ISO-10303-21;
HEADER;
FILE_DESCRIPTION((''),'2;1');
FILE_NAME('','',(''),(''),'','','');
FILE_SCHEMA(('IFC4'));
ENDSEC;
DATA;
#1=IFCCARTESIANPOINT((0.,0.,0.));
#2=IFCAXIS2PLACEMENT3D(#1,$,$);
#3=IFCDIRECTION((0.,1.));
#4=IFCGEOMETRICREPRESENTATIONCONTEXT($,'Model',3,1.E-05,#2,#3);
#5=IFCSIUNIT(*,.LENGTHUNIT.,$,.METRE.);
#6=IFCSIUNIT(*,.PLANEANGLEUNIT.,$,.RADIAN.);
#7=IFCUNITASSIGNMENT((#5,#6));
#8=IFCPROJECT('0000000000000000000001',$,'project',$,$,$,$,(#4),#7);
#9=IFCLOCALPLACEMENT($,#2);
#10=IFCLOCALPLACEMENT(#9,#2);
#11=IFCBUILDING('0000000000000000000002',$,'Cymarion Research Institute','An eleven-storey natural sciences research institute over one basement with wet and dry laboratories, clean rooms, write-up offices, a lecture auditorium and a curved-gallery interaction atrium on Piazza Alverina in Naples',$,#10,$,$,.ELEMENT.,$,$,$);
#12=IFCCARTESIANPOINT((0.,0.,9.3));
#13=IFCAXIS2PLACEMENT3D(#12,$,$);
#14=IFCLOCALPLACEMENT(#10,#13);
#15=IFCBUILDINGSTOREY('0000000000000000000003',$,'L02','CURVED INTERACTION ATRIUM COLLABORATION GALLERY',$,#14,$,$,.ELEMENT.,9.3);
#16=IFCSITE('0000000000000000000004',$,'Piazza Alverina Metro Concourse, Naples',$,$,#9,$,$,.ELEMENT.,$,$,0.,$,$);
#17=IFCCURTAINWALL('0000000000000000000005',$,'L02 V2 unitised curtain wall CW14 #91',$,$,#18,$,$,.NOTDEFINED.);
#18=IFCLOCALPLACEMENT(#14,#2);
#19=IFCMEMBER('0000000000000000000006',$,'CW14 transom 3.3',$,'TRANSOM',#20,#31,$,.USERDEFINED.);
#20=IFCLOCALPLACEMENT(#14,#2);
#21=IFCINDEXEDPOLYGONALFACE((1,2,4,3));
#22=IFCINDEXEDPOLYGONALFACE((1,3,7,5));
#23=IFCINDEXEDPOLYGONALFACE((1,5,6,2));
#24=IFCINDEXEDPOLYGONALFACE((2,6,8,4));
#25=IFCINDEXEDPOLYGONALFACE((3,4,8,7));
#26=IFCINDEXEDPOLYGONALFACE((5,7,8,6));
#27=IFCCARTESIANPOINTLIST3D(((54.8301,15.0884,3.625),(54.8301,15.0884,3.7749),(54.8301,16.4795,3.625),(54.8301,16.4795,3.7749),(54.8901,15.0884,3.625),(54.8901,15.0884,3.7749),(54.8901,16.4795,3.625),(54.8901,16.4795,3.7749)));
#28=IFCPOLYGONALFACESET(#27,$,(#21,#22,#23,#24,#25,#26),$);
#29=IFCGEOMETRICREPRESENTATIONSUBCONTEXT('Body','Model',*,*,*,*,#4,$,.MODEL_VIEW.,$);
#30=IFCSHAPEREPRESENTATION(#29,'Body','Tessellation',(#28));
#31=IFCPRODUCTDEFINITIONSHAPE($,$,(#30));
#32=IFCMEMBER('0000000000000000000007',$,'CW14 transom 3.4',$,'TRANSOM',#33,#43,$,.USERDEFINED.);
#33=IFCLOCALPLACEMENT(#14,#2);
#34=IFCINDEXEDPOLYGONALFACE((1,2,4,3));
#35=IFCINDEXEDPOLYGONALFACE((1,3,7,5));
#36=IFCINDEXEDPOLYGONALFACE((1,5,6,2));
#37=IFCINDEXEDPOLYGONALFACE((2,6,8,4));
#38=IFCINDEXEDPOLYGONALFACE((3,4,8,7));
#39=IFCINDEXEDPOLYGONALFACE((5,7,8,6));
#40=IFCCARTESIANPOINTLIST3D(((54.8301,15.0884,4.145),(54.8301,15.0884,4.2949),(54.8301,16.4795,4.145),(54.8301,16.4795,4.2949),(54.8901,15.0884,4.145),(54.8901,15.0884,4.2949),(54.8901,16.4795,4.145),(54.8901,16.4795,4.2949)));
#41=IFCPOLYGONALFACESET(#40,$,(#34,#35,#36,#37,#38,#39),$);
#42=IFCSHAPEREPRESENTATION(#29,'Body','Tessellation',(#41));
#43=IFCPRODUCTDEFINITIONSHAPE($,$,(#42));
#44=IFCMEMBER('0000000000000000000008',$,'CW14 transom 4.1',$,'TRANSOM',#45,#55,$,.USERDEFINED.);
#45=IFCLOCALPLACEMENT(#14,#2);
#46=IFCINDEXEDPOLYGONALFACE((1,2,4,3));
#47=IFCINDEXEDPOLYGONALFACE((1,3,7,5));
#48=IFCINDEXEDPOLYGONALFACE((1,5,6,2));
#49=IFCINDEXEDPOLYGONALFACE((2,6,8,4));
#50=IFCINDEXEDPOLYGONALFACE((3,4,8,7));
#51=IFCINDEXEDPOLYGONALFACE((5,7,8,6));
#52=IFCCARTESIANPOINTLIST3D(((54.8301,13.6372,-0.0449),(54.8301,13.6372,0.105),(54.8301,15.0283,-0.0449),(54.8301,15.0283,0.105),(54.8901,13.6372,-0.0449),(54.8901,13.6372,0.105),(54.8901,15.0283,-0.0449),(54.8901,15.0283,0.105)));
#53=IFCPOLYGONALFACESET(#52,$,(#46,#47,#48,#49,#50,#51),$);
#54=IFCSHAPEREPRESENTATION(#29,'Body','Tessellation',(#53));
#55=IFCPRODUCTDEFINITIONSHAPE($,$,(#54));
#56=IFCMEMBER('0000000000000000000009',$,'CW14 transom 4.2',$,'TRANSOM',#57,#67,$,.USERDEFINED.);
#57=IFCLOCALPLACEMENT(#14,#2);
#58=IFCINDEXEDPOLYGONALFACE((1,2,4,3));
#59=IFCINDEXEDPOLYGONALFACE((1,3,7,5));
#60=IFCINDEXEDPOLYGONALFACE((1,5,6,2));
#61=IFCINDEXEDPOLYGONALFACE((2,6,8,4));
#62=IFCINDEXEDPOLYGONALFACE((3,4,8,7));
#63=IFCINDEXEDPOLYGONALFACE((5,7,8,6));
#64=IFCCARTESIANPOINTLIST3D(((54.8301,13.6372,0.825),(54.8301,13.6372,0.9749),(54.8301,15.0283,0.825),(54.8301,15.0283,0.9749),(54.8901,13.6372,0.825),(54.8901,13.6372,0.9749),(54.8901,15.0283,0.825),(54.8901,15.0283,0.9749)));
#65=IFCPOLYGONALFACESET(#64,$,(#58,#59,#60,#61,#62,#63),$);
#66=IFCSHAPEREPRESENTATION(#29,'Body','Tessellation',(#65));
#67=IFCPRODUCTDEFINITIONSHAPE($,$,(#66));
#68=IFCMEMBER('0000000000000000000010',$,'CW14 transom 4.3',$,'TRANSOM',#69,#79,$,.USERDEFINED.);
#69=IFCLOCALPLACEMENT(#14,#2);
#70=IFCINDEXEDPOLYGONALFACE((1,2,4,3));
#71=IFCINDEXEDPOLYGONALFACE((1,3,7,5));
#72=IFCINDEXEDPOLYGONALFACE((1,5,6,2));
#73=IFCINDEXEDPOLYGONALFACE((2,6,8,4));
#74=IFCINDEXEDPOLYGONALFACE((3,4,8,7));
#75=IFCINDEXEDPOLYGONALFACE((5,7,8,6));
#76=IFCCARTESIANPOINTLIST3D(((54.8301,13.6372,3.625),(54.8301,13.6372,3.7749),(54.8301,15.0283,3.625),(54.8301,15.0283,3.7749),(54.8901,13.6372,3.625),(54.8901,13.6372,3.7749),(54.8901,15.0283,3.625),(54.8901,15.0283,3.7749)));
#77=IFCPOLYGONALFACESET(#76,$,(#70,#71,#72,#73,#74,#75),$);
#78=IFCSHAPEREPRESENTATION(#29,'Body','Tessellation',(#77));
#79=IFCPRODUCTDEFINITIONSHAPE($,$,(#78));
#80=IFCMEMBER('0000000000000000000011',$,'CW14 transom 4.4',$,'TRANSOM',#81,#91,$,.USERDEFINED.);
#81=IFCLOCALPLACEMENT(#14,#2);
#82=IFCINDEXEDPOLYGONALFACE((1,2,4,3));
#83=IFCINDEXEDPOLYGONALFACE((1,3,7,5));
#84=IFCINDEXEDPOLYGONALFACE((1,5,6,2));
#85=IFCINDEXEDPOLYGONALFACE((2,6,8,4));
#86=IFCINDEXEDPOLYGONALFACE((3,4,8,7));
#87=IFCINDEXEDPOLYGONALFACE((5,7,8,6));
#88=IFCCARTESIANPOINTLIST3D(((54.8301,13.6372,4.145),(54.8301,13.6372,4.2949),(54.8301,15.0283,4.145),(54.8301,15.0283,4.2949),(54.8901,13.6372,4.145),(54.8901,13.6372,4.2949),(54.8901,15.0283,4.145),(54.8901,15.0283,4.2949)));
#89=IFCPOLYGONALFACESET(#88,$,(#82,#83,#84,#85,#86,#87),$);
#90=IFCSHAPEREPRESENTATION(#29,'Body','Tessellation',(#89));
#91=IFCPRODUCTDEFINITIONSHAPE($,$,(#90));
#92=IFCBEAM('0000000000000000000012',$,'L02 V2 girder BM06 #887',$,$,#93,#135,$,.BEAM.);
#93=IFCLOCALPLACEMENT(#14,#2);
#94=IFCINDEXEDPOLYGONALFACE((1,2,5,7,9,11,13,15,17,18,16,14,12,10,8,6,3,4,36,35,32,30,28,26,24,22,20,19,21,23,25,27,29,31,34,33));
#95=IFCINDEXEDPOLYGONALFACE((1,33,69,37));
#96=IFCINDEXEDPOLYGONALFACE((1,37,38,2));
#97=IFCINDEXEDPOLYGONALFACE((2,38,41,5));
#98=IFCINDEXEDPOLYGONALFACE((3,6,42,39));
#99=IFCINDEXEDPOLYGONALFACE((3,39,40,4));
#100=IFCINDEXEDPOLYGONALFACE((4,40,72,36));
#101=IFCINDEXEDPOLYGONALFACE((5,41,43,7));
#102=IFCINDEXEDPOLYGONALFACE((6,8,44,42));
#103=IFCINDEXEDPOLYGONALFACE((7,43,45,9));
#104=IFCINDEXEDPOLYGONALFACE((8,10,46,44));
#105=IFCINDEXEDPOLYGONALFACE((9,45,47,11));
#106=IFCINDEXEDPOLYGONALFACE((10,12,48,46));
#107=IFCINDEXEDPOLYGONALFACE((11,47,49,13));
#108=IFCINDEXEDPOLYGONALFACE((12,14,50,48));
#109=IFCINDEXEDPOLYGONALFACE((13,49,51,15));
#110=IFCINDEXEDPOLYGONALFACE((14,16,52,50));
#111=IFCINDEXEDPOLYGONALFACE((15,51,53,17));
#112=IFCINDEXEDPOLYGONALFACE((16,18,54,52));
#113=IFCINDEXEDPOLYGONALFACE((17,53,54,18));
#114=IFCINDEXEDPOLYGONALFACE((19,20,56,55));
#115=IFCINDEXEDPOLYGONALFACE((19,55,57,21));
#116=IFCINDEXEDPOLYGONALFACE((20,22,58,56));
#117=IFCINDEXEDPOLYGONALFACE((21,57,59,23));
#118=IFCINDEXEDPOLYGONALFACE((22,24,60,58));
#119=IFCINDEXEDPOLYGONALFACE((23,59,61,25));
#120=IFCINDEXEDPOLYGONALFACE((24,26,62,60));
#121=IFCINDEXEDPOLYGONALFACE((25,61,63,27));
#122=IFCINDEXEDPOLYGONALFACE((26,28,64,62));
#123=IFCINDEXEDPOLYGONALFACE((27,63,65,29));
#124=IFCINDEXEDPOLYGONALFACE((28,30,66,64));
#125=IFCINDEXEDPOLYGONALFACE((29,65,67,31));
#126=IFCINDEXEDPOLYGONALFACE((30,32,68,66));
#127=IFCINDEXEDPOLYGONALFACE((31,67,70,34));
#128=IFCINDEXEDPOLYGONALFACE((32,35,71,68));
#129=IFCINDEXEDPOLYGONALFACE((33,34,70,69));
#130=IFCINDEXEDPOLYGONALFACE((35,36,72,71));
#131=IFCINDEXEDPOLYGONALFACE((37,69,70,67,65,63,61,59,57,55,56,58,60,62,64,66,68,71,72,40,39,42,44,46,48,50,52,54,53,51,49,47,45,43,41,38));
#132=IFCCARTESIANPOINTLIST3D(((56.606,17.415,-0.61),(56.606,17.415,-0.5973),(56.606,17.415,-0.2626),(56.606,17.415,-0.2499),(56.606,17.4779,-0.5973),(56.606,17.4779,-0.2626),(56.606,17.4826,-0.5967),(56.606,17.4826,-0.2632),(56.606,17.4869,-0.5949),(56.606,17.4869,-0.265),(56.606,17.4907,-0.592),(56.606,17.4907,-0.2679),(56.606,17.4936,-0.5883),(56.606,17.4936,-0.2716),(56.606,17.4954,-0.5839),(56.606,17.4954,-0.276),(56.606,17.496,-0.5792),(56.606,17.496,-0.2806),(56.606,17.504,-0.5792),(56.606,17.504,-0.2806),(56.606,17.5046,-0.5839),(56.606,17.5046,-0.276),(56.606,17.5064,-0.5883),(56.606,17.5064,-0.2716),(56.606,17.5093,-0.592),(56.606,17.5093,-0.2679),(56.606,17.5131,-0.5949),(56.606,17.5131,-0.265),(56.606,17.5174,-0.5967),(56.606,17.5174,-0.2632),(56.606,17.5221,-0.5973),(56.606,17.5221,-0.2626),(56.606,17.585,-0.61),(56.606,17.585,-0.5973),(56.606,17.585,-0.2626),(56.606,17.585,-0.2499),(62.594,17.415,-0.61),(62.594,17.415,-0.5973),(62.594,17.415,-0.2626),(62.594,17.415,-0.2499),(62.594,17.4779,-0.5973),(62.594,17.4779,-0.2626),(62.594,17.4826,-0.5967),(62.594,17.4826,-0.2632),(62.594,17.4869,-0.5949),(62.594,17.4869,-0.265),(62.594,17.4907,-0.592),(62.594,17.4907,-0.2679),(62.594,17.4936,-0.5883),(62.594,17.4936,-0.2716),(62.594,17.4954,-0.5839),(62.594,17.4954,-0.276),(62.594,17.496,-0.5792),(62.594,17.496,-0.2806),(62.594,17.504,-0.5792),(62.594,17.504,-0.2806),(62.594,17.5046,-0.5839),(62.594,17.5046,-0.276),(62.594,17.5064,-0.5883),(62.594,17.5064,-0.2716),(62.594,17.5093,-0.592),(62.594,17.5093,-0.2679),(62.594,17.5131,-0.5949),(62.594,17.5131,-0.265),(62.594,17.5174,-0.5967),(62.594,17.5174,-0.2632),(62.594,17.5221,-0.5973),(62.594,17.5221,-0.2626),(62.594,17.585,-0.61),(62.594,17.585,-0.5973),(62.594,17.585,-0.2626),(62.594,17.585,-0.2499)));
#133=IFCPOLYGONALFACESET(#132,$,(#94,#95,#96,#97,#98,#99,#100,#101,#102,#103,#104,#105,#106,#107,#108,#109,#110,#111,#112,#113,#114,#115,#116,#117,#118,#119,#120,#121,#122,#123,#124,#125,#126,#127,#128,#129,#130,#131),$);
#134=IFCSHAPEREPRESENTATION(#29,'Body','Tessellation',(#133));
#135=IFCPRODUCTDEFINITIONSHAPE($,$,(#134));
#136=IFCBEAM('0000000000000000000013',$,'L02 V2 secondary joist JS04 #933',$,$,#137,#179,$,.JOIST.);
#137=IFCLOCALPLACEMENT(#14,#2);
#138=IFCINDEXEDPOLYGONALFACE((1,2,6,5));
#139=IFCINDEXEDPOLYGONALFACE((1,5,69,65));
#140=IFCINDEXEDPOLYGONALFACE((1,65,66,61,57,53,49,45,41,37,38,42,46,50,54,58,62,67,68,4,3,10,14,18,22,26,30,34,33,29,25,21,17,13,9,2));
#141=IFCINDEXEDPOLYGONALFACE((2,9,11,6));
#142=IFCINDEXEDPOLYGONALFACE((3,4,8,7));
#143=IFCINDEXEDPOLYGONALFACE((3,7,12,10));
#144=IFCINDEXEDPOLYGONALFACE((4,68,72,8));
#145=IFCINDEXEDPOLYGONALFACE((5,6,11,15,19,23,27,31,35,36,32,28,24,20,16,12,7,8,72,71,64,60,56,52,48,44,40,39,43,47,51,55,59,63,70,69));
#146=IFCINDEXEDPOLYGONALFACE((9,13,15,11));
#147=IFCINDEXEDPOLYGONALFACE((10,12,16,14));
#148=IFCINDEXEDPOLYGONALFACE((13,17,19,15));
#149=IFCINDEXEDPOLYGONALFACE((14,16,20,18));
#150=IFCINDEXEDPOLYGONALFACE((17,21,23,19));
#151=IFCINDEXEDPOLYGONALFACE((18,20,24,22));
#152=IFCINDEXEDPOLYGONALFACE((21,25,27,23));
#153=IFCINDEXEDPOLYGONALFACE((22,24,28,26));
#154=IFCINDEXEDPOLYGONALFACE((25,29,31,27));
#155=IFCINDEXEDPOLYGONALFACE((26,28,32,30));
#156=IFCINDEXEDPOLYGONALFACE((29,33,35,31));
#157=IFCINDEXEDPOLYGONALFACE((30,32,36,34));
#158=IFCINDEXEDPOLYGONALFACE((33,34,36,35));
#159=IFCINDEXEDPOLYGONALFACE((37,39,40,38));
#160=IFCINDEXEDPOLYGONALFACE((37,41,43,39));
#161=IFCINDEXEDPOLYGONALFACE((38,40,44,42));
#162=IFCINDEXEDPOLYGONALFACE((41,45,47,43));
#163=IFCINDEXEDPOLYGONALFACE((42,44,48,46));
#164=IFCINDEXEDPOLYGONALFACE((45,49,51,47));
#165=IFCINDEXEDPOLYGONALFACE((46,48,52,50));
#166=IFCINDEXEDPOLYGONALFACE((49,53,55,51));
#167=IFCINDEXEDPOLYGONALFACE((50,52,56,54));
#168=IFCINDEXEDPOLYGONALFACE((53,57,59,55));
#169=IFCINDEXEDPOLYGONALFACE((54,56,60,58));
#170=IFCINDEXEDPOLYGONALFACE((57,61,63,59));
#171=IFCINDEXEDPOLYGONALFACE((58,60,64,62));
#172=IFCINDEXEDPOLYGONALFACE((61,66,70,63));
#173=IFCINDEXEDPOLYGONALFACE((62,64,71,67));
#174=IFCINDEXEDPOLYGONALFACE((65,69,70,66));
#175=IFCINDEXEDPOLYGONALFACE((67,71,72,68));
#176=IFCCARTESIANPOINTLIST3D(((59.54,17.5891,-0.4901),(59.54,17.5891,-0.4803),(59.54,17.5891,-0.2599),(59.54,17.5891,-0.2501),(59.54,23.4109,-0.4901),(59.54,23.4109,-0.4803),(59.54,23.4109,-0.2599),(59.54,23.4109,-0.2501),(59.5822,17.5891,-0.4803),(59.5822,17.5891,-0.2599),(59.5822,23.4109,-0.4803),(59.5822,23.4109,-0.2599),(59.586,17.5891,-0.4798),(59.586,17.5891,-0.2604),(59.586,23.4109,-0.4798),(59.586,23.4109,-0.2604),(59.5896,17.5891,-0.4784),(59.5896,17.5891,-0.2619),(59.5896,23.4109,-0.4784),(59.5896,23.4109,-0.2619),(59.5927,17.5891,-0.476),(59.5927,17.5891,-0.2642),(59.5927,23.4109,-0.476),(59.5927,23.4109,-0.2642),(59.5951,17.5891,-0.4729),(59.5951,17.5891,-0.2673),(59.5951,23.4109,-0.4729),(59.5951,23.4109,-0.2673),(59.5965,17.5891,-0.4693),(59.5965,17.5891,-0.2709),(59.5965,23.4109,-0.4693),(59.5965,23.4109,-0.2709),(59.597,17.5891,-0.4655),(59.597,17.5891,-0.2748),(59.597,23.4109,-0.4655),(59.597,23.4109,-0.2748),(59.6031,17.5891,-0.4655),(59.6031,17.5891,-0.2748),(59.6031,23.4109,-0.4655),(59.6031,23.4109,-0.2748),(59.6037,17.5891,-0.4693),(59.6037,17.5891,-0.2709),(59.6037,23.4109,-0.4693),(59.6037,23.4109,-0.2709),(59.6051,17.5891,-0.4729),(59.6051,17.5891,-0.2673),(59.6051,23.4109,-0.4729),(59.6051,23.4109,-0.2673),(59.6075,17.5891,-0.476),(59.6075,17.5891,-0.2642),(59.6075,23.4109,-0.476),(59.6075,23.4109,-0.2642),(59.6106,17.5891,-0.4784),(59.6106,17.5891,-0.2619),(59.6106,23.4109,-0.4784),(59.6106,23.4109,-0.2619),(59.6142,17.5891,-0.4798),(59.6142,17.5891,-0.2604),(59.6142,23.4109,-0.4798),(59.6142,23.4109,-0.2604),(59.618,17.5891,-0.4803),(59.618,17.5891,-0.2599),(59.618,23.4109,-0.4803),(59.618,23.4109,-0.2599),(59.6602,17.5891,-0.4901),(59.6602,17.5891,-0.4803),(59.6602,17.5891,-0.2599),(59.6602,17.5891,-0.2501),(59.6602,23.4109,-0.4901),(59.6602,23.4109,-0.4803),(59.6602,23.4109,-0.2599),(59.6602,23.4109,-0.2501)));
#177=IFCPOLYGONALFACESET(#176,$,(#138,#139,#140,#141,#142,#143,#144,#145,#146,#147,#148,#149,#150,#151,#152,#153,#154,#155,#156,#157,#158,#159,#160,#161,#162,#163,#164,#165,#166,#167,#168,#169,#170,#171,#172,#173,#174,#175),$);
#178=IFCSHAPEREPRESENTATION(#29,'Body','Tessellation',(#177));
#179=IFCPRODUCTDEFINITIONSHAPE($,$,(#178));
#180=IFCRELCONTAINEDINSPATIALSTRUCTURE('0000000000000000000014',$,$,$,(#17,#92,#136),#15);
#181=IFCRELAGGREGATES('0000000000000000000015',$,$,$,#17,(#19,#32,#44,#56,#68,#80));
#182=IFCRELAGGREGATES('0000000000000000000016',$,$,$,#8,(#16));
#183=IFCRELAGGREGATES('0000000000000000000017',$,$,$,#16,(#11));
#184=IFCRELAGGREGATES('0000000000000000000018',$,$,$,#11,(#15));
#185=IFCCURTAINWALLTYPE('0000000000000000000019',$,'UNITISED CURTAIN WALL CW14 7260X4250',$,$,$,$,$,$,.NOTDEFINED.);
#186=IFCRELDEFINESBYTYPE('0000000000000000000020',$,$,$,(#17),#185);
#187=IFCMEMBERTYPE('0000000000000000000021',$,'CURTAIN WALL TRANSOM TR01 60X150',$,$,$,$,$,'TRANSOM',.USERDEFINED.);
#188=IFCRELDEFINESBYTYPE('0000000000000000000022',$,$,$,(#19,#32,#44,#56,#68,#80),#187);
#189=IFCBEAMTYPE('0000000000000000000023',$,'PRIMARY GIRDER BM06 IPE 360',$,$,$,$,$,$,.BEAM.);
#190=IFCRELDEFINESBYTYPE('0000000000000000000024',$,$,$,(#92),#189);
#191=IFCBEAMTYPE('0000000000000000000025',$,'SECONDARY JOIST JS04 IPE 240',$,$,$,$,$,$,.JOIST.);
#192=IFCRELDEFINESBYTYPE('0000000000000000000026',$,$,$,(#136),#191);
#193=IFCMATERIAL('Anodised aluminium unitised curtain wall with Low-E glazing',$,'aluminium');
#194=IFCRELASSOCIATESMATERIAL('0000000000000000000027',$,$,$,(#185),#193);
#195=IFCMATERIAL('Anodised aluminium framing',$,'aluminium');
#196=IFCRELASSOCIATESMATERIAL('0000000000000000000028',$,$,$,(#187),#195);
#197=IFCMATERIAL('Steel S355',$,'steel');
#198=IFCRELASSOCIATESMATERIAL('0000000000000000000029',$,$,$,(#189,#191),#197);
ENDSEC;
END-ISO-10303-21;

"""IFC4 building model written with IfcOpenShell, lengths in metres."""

from ifc_helpers import new_model, si_unit, direction, frame, origin, origin_2d, place, context, subcontext, project, spatial, rectangle, i_section, extrude, material, material_profile, profile_set, type_object, element, aggregate, save


model = new_model("IFC4")

# Units and contexts
model_context = context("Model", 3, precision=1e-05, world=origin(), true_north=direction((0.0, 1.0)))
body_context = subcontext(model_context, "Body", "Model", "MODEL_VIEW")
ifc_project = project(units=[si_unit("LENGTHUNIT", "METRE"), si_unit("PLANEANGLEUNIT", "RADIAN")], contexts=[model_context])

# Site, building, storey
site_placement = place(None, origin())
site = spatial("IfcSite", under=ifc_project, at=site_placement, Name="Piazza Alverina Metro Concourse, Naples", CompositionType="ELEMENT", RefElevation=0.0)
building_placement = place(site_placement, origin())
building = spatial("IfcBuilding", under=site, at=building_placement, Name="Cymarion Research Institute", Description="An eleven-storey natural sciences research institute over one basement with wet and dry laboratories, clean rooms, write-up offices, a lecture auditorium and a curved-gallery interaction atrium on Piazza Alverina in Naples", CompositionType="ELEMENT")
storey_placement = place(building_placement, frame((0.0, 0.0, 9.3)))
storey = spatial("IfcBuildingStorey", under=building, at=storey_placement, Name="L02", Description="CURVED INTERACTION ATRIUM COLLABORATION GALLERY", CompositionType="ELEMENT", Elevation=9.3)

# Shared definitions
ifc_material_1 = material(Name="Steel S355", Category="steel")

# Curtain wall, members
ifc_material_2 = material(Name="Anodised aluminium unitised curtain wall with Low-E glazing", Category="aluminium")
curtain_wall_type = type_object("IfcCurtainWallType", Name="UNITISED CURTAIN WALL CW14 7260X4250", PredefinedType="NOTDEFINED", material=ifc_material_2)
curtain_wall_placement = place(storey_placement, origin())
curtain_wall = element("IfcCurtainWall", 1, at=curtain_wall_placement, inside=storey, type_object=curtain_wall_type, Name="L02 V2 unitised curtain wall CW14 #91", PredefinedType="NOTDEFINED")
ifc_material_3 = material(Name="Anodised aluminium framing", Category="aluminium")
ifc_material_profile_1 = material_profile(ifc_material_3, rectangle(XDim=0.0601, YDim=0.1499, at=origin_2d()), Name="ALU TRANSOM 60x150")
ifc_profile_set_1 = profile_set([ifc_material_profile_1], Name="Anodised aluminium framing")
member_type_1 = type_object("IfcMemberType", Name="CURTAIN WALL TRANSOM TR01 60X150", ElementType="TRANSOM", PredefinedType="USERDEFINED", material=ifc_profile_set_1)
member_1_placement = place(storey_placement, frame((54.8601, 16.4795, 3.7), z_axis=(0.0, -1.0, 0.0), x_axis=(1.0, 0.0, 0.0)))
member_1 = element("IfcMember", 2, at=member_1_placement, type_object=member_type_1, Name="CW14 transom 3.3", ObjectType="TRANSOM", PredefinedType="USERDEFINED", context=body_context, shape_type="SweptSolid", body=[
    extrude(rectangle(XDim=0.0601, YDim=0.1499, at=origin_2d()), origin(), (0.0, 0.0, 1.0), 1.3911),
])
member_2_placement = place(storey_placement, frame((54.8601, 16.4795, 4.22), z_axis=(0.0, -1.0, 0.0), x_axis=(1.0, 0.0, 0.0)))
member_2 = element("IfcMember", 3, at=member_2_placement, type_object=member_type_1, Name="CW14 transom 3.4", ObjectType="TRANSOM", PredefinedType="USERDEFINED", context=body_context, shape_type="SweptSolid", body=[
    extrude(rectangle(XDim=0.0601, YDim=0.1499, at=origin_2d()), origin(), (0.0, 0.0, 1.0), 1.3911),
])
member_3_placement = place(storey_placement, frame((54.8601, 15.0283, 0.03), z_axis=(0.0, -1.0, 0.0), x_axis=(1.0, 0.0, 0.0)))
member_3 = element("IfcMember", 4, at=member_3_placement, type_object=member_type_1, Name="CW14 transom 4.1", ObjectType="TRANSOM", PredefinedType="USERDEFINED", context=body_context, shape_type="SweptSolid", body=[
    extrude(rectangle(XDim=0.0601, YDim=0.1499, at=origin_2d()), origin(), (0.0, 0.0, 1.0), 1.3911),
])
member_4_placement = place(storey_placement, frame((54.8601, 15.0283, 0.8999), z_axis=(0.0, -1.0, 0.0), x_axis=(1.0, 0.0, 0.0)))
member_4 = element("IfcMember", 5, at=member_4_placement, type_object=member_type_1, Name="CW14 transom 4.2", ObjectType="TRANSOM", PredefinedType="USERDEFINED", context=body_context, shape_type="SweptSolid", body=[
    extrude(rectangle(XDim=0.0601, YDim=0.1499, at=origin_2d()), origin(), (0.0, 0.0, 1.0), 1.3911),
])
member_5_placement = place(storey_placement, frame((54.8601, 15.0283, 3.7), z_axis=(0.0, -1.0, 0.0), x_axis=(1.0, 0.0, 0.0)))
member_5 = element("IfcMember", 6, at=member_5_placement, type_object=member_type_1, Name="CW14 transom 4.3", ObjectType="TRANSOM", PredefinedType="USERDEFINED", context=body_context, shape_type="SweptSolid", body=[
    extrude(rectangle(XDim=0.0601, YDim=0.1499, at=origin_2d()), origin(), (0.0, 0.0, 1.0), 1.3911),
])
member_6_placement = place(storey_placement, frame((54.8601, 15.0283, 4.22), z_axis=(0.0, -1.0, 0.0), x_axis=(1.0, 0.0, 0.0)))
member_6 = element("IfcMember", 7, at=member_6_placement, type_object=member_type_1, Name="CW14 transom 4.4", ObjectType="TRANSOM", PredefinedType="USERDEFINED", context=body_context, shape_type="SweptSolid", body=[
    extrude(rectangle(XDim=0.0601, YDim=0.1499, at=origin_2d()), origin(), (0.0, 0.0, 1.0), 1.3911),
])

# Beams
ifc_material_profile_2 = material_profile(ifc_material_1, i_section(OverallWidth=0.1699, OverallDepth=0.3601, WebThickness=0.0081, FlangeThickness=0.0127, FilletRadius=0.0181, at=origin_2d()), Name="IPE 360")
ifc_profile_set_2 = profile_set([ifc_material_profile_2], Name="Steel S355")
beam_type_1 = type_object("IfcBeamType", Name="PRIMARY GIRDER BM06 IPE 360", PredefinedType="BEAM", material=ifc_profile_set_2)
beam_1_placement = place(storey_placement, frame((56.606, 17.5, -0.4299), z_axis=(1.0, 0.0, 0.0), x_axis=(0.0, 1.0, 0.0)))
element("IfcBeam", 8, at=beam_1_placement, inside=storey, type_object=beam_type_1, Name="L02 V2 girder BM06 #887", PredefinedType="BEAM", context=body_context, shape_type="SweptSolid", body=[
    extrude(i_section(OverallWidth=0.1699, OverallDepth=0.3601, WebThickness=0.0081, FlangeThickness=0.0127, FilletRadius=0.0181, at=origin_2d()), origin(), (0.0, 0.0, 1.0), 5.988),
])
ifc_material_profile_3 = material_profile(ifc_material_1, i_section(OverallWidth=0.1201, OverallDepth=0.24, WebThickness=0.0061, FlangeThickness=0.0098, FilletRadius=0.0149, at=origin_2d()), Name="IPE 240")
ifc_profile_set_3 = profile_set([ifc_material_profile_3], Name="Steel S355")
beam_type_2 = type_object("IfcBeamType", Name="SECONDARY JOIST JS04 IPE 240", PredefinedType="JOIST", material=ifc_profile_set_3)
beam_2_placement = place(storey_placement, frame((59.6001, 17.5891, -0.3701), z_axis=(0.0, 1.0, 0.0), x_axis=(-1.0, 0.0, 0.0)))
element("IfcBeam", 9, at=beam_2_placement, inside=storey, type_object=beam_type_2, Name="L02 V2 secondary joist JS04 #933", PredefinedType="JOIST", context=body_context, shape_type="SweptSolid", body=[
    extrude(i_section(OverallWidth=0.1201, OverallDepth=0.24, WebThickness=0.0061, FlangeThickness=0.0098, FilletRadius=0.0149, at=origin_2d()), origin(), (0.0, 0.0, 1.0), 5.8218),
])

aggregate(curtain_wall, [member_1, member_2, member_3, member_4, member_5, member_6])

save(model, "model.ifc")
